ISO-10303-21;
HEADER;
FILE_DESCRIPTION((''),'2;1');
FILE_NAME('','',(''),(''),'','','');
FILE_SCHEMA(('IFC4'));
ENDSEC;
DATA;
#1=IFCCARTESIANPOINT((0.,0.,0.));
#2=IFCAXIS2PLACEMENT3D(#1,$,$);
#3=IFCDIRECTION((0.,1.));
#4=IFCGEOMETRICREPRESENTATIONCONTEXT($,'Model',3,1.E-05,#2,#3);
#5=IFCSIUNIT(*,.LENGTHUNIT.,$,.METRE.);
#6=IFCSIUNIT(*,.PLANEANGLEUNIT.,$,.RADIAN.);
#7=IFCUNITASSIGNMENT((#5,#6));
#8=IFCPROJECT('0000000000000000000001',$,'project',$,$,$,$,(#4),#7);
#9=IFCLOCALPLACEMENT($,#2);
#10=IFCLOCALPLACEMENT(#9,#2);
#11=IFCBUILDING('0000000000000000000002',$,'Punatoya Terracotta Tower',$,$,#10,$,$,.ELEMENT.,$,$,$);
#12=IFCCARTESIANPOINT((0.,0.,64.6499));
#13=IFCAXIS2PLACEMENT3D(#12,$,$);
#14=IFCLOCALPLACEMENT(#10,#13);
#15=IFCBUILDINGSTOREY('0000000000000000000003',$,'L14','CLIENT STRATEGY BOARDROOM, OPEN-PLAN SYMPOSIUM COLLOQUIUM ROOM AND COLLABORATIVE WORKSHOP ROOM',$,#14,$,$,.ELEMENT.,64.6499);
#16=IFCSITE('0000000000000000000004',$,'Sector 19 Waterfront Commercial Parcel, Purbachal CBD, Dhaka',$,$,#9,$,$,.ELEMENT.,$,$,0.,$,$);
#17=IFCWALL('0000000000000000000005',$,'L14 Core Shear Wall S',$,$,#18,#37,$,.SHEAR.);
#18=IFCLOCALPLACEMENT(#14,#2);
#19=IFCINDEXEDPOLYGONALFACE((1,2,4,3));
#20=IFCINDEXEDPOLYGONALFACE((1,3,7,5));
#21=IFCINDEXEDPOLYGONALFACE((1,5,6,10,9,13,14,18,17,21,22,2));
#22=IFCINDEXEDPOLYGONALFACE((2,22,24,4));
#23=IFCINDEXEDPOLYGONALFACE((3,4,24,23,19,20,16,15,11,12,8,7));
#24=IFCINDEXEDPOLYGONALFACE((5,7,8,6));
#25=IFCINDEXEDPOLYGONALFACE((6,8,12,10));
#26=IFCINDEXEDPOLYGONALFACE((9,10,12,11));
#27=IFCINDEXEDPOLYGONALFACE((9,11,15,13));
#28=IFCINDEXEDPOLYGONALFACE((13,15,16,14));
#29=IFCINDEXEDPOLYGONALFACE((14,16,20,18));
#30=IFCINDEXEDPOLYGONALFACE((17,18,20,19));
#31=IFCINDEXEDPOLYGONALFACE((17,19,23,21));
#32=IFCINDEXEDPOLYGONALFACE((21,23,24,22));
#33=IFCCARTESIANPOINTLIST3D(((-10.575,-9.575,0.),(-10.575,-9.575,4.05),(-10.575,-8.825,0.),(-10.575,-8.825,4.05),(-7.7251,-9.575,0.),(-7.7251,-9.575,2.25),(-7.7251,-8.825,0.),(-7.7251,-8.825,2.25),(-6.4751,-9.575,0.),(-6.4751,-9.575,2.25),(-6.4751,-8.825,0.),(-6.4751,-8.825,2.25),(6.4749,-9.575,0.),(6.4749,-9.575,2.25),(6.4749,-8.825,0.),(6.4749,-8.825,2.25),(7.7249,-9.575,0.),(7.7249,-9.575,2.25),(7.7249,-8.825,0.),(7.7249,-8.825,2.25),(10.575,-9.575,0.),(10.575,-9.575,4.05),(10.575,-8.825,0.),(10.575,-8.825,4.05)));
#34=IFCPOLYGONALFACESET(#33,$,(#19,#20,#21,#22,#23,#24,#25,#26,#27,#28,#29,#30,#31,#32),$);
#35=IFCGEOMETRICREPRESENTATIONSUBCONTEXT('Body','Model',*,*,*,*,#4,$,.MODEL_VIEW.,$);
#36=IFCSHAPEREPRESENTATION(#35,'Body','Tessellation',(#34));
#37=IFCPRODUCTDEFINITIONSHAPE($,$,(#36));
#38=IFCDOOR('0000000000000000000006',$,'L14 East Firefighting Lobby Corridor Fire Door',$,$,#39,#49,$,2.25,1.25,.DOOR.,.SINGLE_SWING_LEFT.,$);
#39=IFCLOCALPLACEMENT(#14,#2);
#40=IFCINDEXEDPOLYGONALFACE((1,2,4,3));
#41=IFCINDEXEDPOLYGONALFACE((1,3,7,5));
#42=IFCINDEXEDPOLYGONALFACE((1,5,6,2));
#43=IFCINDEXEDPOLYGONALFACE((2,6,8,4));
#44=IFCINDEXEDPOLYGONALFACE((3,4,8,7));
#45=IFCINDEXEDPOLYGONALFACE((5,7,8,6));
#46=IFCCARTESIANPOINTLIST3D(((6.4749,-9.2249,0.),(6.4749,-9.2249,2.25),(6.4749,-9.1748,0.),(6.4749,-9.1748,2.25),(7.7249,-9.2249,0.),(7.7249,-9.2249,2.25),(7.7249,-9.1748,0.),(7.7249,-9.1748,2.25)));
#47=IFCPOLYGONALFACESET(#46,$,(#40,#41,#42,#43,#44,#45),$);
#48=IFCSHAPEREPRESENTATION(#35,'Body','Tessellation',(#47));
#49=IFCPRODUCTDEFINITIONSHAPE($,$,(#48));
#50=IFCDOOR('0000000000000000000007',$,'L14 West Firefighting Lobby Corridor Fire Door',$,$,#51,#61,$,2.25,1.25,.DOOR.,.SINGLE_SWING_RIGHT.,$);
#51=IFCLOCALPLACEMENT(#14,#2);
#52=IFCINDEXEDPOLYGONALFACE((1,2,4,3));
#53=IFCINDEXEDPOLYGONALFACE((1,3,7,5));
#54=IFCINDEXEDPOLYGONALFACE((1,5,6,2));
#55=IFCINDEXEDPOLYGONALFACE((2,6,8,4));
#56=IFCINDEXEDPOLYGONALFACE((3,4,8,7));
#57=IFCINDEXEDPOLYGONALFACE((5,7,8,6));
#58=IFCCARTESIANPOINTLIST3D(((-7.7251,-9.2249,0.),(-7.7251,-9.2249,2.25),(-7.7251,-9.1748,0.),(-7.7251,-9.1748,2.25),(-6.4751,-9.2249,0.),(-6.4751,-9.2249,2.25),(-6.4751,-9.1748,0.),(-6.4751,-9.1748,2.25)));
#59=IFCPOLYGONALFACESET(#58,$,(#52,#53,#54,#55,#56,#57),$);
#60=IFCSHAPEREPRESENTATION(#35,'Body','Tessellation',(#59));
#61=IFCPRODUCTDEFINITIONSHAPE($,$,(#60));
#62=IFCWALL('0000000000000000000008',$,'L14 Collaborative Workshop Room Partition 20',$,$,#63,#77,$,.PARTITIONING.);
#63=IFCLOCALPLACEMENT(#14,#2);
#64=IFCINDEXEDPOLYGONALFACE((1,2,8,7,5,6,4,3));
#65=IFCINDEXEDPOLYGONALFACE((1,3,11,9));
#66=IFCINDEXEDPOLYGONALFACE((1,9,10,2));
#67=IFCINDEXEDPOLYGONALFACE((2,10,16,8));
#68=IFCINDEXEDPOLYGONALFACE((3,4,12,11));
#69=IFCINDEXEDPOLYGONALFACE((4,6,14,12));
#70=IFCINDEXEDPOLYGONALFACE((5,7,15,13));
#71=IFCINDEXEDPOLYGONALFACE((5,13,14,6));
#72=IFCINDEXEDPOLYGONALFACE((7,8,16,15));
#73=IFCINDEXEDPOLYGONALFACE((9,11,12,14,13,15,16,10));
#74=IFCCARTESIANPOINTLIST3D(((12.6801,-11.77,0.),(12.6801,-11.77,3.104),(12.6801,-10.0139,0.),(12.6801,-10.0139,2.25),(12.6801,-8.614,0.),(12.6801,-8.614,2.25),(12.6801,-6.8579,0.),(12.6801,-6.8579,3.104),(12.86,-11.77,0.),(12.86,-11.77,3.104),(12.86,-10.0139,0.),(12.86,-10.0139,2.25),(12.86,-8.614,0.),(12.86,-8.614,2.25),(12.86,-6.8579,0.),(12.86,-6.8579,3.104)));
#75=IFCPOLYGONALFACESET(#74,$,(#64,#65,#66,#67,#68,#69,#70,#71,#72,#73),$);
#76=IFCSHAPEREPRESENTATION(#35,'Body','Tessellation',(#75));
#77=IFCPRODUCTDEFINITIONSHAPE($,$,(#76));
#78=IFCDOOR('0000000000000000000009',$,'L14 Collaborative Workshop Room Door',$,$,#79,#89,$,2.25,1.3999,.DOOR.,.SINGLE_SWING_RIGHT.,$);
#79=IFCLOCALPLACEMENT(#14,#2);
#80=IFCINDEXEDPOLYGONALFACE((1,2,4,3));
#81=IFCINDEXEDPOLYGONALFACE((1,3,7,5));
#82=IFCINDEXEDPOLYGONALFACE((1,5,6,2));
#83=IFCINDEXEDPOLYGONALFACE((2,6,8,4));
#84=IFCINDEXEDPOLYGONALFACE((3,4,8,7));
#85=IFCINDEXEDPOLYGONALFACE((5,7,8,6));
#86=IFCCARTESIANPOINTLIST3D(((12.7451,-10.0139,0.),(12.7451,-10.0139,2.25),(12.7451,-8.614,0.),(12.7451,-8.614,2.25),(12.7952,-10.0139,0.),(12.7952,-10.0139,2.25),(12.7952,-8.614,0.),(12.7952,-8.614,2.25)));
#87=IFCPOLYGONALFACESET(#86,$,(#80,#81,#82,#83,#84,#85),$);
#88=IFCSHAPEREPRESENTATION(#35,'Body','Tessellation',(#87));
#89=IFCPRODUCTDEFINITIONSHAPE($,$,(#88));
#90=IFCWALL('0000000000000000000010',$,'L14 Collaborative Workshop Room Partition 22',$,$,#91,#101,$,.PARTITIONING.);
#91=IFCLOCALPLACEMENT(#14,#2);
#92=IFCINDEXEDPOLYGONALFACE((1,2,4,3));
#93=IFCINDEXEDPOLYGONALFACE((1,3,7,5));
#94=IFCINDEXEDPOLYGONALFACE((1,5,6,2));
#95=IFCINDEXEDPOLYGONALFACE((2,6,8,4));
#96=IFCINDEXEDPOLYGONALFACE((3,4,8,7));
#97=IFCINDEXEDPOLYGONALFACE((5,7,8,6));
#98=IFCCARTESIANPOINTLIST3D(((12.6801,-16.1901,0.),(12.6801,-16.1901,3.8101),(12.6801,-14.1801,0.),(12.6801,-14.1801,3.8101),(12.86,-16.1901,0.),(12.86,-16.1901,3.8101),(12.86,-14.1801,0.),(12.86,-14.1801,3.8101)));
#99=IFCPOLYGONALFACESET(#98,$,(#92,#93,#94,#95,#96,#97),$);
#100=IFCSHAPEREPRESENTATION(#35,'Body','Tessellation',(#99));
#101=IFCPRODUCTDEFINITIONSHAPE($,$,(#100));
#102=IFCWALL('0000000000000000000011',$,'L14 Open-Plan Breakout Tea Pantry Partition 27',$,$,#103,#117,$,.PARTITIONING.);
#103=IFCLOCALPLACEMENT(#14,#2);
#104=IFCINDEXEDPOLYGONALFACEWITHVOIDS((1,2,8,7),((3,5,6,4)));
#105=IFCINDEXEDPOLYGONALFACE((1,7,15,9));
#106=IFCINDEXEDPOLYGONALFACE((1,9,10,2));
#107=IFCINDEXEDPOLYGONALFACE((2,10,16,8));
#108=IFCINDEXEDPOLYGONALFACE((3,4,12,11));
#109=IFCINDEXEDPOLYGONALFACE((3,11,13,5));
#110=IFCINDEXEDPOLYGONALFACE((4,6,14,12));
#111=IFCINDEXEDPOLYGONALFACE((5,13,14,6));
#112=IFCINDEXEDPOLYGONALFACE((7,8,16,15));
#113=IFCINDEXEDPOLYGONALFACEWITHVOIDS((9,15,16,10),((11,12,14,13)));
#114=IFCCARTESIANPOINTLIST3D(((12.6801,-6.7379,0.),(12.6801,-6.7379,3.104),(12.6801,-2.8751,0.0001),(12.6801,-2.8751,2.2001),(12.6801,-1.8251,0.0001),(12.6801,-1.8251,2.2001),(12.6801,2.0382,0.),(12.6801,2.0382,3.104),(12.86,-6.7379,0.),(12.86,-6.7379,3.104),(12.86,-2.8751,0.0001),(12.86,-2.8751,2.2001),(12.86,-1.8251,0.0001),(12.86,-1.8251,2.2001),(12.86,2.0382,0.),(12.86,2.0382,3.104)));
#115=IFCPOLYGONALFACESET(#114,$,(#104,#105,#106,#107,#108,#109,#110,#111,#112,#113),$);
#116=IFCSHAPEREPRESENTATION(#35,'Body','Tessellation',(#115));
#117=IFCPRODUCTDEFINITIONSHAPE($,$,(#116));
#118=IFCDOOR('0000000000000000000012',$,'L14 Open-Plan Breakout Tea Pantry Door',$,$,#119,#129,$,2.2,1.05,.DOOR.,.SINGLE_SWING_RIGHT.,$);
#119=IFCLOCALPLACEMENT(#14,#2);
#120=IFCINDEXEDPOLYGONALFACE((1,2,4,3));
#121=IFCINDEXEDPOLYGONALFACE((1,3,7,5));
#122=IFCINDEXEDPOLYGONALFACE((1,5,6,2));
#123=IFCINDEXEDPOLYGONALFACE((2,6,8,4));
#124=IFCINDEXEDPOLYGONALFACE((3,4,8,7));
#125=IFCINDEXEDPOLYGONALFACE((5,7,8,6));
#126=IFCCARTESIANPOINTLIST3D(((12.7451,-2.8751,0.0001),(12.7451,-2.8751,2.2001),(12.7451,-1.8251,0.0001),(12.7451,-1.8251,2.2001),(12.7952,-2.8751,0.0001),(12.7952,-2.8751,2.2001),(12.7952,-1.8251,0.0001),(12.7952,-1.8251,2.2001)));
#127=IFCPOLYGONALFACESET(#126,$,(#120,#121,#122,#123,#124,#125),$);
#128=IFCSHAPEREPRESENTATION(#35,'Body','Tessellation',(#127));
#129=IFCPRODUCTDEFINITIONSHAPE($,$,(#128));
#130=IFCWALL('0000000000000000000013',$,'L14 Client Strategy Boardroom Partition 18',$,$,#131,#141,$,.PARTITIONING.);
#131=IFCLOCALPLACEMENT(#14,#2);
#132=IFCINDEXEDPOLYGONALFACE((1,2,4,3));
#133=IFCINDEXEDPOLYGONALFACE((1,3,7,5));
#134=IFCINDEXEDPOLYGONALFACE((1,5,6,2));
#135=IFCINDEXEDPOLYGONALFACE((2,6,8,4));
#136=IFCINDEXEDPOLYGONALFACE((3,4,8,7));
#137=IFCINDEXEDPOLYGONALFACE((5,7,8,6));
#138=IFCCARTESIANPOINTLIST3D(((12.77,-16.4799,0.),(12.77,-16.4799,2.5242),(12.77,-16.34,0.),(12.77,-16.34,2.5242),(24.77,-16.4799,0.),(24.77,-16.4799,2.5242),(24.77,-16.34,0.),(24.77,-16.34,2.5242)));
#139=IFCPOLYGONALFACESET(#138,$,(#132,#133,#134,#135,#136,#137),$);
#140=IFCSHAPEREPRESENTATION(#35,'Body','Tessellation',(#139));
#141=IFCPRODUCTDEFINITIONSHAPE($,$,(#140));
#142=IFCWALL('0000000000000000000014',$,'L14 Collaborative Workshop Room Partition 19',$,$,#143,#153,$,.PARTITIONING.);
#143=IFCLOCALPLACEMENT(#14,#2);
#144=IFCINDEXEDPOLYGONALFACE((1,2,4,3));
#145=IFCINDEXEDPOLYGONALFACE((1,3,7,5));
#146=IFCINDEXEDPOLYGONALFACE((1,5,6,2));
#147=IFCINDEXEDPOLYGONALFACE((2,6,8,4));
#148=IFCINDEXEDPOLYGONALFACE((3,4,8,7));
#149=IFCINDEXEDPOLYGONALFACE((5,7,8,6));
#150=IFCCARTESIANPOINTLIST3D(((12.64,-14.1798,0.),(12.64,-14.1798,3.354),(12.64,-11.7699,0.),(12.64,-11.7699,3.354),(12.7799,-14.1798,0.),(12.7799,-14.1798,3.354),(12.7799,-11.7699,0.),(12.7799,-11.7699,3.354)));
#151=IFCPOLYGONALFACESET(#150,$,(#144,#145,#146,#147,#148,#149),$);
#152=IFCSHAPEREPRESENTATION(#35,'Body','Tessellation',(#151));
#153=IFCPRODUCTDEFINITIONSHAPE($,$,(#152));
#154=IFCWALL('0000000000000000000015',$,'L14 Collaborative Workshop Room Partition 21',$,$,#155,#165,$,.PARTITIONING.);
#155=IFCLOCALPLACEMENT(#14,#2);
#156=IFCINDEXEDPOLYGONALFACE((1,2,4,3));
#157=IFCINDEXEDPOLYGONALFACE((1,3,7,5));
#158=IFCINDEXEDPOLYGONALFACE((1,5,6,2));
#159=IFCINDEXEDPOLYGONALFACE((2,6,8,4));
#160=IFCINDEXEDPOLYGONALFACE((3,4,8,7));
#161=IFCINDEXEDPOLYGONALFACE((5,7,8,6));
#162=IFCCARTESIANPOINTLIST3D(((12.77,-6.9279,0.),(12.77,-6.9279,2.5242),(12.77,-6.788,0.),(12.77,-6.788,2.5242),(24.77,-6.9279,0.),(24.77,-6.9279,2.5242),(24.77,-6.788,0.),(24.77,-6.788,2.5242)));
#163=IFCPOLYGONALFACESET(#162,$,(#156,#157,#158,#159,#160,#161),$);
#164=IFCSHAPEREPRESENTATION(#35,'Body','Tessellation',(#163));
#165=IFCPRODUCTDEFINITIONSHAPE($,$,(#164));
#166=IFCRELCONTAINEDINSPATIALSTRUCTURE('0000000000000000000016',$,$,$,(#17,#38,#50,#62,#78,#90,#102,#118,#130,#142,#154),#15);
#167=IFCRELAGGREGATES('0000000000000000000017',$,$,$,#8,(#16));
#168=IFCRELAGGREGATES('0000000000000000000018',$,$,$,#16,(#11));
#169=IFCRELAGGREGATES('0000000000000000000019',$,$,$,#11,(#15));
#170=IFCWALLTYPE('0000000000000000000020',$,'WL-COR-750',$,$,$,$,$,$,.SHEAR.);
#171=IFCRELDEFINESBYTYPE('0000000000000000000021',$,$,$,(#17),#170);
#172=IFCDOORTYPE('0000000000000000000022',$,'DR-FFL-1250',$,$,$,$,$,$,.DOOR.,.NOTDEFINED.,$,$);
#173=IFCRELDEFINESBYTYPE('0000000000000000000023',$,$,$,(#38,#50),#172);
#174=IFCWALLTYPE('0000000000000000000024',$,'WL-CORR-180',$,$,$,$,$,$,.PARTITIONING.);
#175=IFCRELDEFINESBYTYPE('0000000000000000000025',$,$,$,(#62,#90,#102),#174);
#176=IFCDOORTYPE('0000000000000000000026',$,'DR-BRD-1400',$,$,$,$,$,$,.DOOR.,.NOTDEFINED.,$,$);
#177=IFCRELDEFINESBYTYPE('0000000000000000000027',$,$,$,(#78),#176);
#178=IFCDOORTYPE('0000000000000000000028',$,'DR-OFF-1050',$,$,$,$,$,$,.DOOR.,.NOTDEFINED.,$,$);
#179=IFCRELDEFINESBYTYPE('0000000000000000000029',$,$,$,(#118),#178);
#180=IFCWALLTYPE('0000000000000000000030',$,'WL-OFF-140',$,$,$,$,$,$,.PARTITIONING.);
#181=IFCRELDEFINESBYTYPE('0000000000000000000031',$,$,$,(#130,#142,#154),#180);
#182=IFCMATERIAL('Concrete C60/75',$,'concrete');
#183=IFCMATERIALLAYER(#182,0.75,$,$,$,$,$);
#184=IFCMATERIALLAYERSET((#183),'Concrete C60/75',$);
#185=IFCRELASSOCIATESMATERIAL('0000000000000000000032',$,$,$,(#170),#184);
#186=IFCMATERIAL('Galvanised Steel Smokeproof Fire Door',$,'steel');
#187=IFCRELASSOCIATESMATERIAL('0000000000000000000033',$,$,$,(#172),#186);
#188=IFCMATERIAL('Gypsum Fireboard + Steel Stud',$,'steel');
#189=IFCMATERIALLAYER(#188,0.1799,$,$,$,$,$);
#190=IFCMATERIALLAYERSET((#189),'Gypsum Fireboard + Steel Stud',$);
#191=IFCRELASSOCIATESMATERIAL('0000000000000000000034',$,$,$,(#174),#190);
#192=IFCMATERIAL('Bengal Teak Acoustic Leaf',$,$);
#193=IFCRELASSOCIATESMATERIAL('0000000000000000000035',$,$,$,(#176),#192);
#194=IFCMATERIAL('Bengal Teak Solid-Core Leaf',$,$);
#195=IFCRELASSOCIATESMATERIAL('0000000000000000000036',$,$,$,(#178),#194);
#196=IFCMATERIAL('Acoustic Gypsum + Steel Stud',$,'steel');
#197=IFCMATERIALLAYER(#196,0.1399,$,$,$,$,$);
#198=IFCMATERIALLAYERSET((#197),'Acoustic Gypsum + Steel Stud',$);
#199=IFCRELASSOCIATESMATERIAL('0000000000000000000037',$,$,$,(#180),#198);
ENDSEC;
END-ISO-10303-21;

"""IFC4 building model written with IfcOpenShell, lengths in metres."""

from ifc_helpers import new_model, si_unit, direction, frame, frame_2d, origin, place, context, subcontext, project, spatial, rectangle, extrude, material, layer, layer_set, type_object, element, fill, save


model = new_model("IFC4")

# Units and contexts
model_context = context("Model", 3, precision=1e-05, world=origin(), true_north=direction((0.0, 1.0)))
body_context = subcontext(model_context, "Body", "Model", "MODEL_VIEW")
ifc_project = project(units=[si_unit("LENGTHUNIT", "METRE"), si_unit("PLANEANGLEUNIT", "RADIAN")], contexts=[model_context])

# Site, building, storey
site_placement = place(None, origin())
site = spatial("IfcSite", under=ifc_project, at=site_placement, Name="Sector 19 Waterfront Commercial Parcel, Purbachal CBD, Dhaka", CompositionType="ELEMENT", RefElevation=0.0)
building_placement = place(site_placement, origin())
building = spatial("IfcBuilding", under=site, at=building_placement, Name="Punatoya Terracotta Tower", CompositionType="ELEMENT")
storey_placement = place(building_placement, frame((0.0, 0.0, 64.6499)))
storey = spatial("IfcBuildingStorey", under=building, at=storey_placement, Name="L14", Description="CLIENT STRATEGY BOARDROOM, OPEN-PLAN SYMPOSIUM COLLOQUIUM ROOM AND COLLABORATIVE WORKSHOP ROOM", CompositionType="ELEMENT", Elevation=64.6499)

# Wall, openings, doors
ifc_material_1 = material(Name="Concrete C60/75", Category="concrete")
ifc_layer_1 = layer(ifc_material_1, 0.75)
ifc_layer_set_1 = layer_set([ifc_layer_1], Name="Concrete C60/75")
wall_type_1 = type_object("IfcWallType", Name="WL-COR-750", PredefinedType="SHEAR", material=ifc_layer_set_1)
wall_1_placement = place(storey_placement, frame((10.575, -9.2, 0.0), z_axis=(0.0, 0.0, 1.0), x_axis=(-1.0, 0.0, 0.0)))
wall_1 = element("IfcWall", 1, at=wall_1_placement, inside=storey, type_object=wall_type_1, Name="L14 Core Shear Wall S", PredefinedType="SHEAR", context=body_context, shape_type="SweptSolid", body=[
    extrude(rectangle(XDim=21.1499, YDim=0.75, at=frame_2d((10.575, 0.0))), origin(), (0.0, 0.0, 1.0), 4.05),
])
opening_1_placement = place(wall_1_placement, frame((2.8501, 0.0, 0.0)))
opening_1 = element("IfcOpeningElement", 2, at=opening_1_placement, cuts=wall_1, PredefinedType="OPENING", context=body_context, shape_type="SweptSolid", body=[
    extrude(rectangle(XDim=1.25, YDim=2.25, at=frame_2d((0.625, 1.125))), frame((0.0, 0.385, 0.0), z_axis=(0.0, -1.0, 0.0), x_axis=(1.0, 0.0, 0.0)), (0.0, 0.0, 1.0), 0.77),
])
opening_2_placement = place(wall_1_placement, frame((17.05, 0.0, 0.0)))
opening_2 = element("IfcOpeningElement", 3, at=opening_2_placement, cuts=wall_1, PredefinedType="OPENING", context=body_context, shape_type="SweptSolid", body=[
    extrude(rectangle(XDim=1.25, YDim=2.25, at=frame_2d((0.625, 1.125))), frame((0.0, 0.385, 0.0), z_axis=(0.0, -1.0, 0.0), x_axis=(1.0, 0.0, 0.0)), (0.0, 0.0, 1.0), 0.77),
])
ifc_material_2 = material(Name="Galvanised Steel Smokeproof Fire Door", Category="steel")
door_type_1 = type_object("IfcDoorType", Name="DR-FFL-1250", OperationType="NOTDEFINED", PredefinedType="DOOR", material=ifc_material_2)
door_1_placement = place(opening_1_placement, origin())
door_1 = element("IfcDoor", 4, at=door_1_placement, inside=storey, type_object=door_type_1, Name="L14 East Firefighting Lobby Corridor Fire Door", OperationType="SINGLE_SWING_LEFT", OverallHeight=2.25, OverallWidth=1.25, PredefinedType="DOOR", context=body_context, shape_type="SweptSolid", body=[
    extrude(rectangle(XDim=1.25, YDim=2.25, at=frame_2d((0.625, 1.125))), frame((0.0, 0.0249, 0.0), z_axis=(0.0, -1.0, 0.0), x_axis=(1.0, 0.0, 0.0)), (0.0, 0.0, 1.0), 0.05),
])
fill(opening_1, door_1)
door_2_placement = place(opening_2_placement, origin())
door_2 = element("IfcDoor", 5, at=door_2_placement, inside=storey, type_object=door_type_1, Name="L14 West Firefighting Lobby Corridor Fire Door", OperationType="SINGLE_SWING_RIGHT", OverallHeight=2.25, OverallWidth=1.25, PredefinedType="DOOR", context=body_context, shape_type="SweptSolid", body=[
    extrude(rectangle(XDim=1.25, YDim=2.25, at=frame_2d((0.625, 1.125))), frame((0.0, 0.0249, 0.0), z_axis=(0.0, -1.0, 0.0), x_axis=(1.0, 0.0, 0.0)), (0.0, 0.0, 1.0), 0.05),
])
fill(opening_2, door_2)

# Wall, opening, door
ifc_material_3 = material(Name="Gypsum Fireboard + Steel Stud", Category="steel")
ifc_layer_2 = layer(ifc_material_3, 0.1799)
ifc_layer_set_2 = layer_set([ifc_layer_2], Name="Gypsum Fireboard + Steel Stud")
wall_type_2 = type_object("IfcWallType", Name="WL-CORR-180", PredefinedType="PARTITIONING", material=ifc_layer_set_2)
wall_2_placement = place(storey_placement, frame((12.77, -11.77, 0.0), z_axis=(0.0, 0.0, 1.0), x_axis=(0.0, 1.0, 0.0)))
wall_2 = element("IfcWall", 6, at=wall_2_placement, inside=storey, type_object=wall_type_2, Name="L14 Collaborative Workshop Room Partition 20", PredefinedType="PARTITIONING", context=body_context, shape_type="SweptSolid", body=[
    extrude(rectangle(XDim=4.9121, YDim=0.1799, at=frame_2d((2.4561, 0.0))), origin(), (0.0, 0.0, 1.0), 3.104),
])
opening_3_placement = place(wall_2_placement, frame((1.7561, 0.0, 0.0)))
opening_3 = element("IfcOpeningElement", 7, at=opening_3_placement, cuts=wall_2, PredefinedType="OPENING", context=body_context, shape_type="SweptSolid", body=[
    extrude(rectangle(XDim=1.3999, YDim=2.25, at=frame_2d((0.7, 1.125))), frame((0.0, 0.0999, 0.0), z_axis=(0.0, -1.0, 0.0), x_axis=(1.0, 0.0, 0.0)), (0.0, 0.0, 1.0), 0.2),
])
ifc_material_4 = material(Name="Bengal Teak Acoustic Leaf")
door_type_2 = type_object("IfcDoorType", Name="DR-BRD-1400", OperationType="NOTDEFINED", PredefinedType="DOOR", material=ifc_material_4)
door_3_placement = place(opening_3_placement, origin())
door_3 = element("IfcDoor", 8, at=door_3_placement, inside=storey, type_object=door_type_2, Name="L14 Collaborative Workshop Room Door", OperationType="SINGLE_SWING_RIGHT", OverallHeight=2.25, OverallWidth=1.3999, PredefinedType="DOOR", context=body_context, shape_type="SweptSolid", body=[
    extrude(rectangle(XDim=1.3999, YDim=2.25, at=frame_2d((0.7, 1.125))), frame((0.0, 0.0249, 0.0), z_axis=(0.0, -1.0, 0.0), x_axis=(1.0, 0.0, 0.0)), (0.0, 0.0, 1.0), 0.05),
])
fill(opening_3, door_3)

# Wall
wall_3_placement = place(storey_placement, frame((12.77, -16.1899, 0.0), z_axis=(0.0, 0.0, 1.0), x_axis=(0.0, 1.0, 0.0)))
element("IfcWall", 9, at=wall_3_placement, inside=storey, type_object=wall_type_2, Name="L14 Collaborative Workshop Room Partition 22", PredefinedType="PARTITIONING", context=body_context, shape_type="SweptSolid", body=[
    extrude(rectangle(XDim=2.01, YDim=0.1799, at=frame_2d((1.0049, 0.0))), origin(), (0.0, 0.0, 1.0), 3.8101),
])

# Wall, opening, door
wall_4_placement = place(storey_placement, frame((12.77, -6.738, 0.0), z_axis=(0.0, 0.0, 1.0), x_axis=(0.0, 1.0, 0.0)))
wall_4 = element("IfcWall", 10, at=wall_4_placement, inside=storey, type_object=wall_type_2, Name="L14 Open-Plan Breakout Tea Pantry Partition 27", PredefinedType="PARTITIONING", context=body_context, shape_type="SweptSolid", body=[
    extrude(rectangle(XDim=8.7761, YDim=0.1799, at=frame_2d((4.3882, 0.0))), origin(), (0.0, 0.0, 1.0), 3.104),
])
opening_4_placement = place(wall_4_placement, frame((3.863, 0.0, 0.0)))
opening_4 = element("IfcOpeningElement", 11, at=opening_4_placement, cuts=wall_4, PredefinedType="OPENING", context=body_context, shape_type="SweptSolid", body=[
    extrude(rectangle(XDim=1.05, YDim=2.2, at=frame_2d((0.5249, 1.1001))), frame((0.0, 0.0999, 0.0), z_axis=(0.0, -1.0, 0.0), x_axis=(1.0, 0.0, 0.0)), (0.0, 0.0, 1.0), 0.2),
])
ifc_material_5 = material(Name="Bengal Teak Solid-Core Leaf")
door_type_3 = type_object("IfcDoorType", Name="DR-OFF-1050", OperationType="NOTDEFINED", PredefinedType="DOOR", material=ifc_material_5)
door_4_placement = place(opening_4_placement, origin())
door_4 = element("IfcDoor", 12, at=door_4_placement, inside=storey, type_object=door_type_3, Name="L14 Open-Plan Breakout Tea Pantry Door", OperationType="SINGLE_SWING_RIGHT", OverallHeight=2.2, OverallWidth=1.05, PredefinedType="DOOR", context=body_context, shape_type="SweptSolid", body=[
    extrude(rectangle(XDim=1.05, YDim=2.2, at=frame_2d((0.5249, 1.1001))), frame((0.0, 0.0249, 0.0), z_axis=(0.0, -1.0, 0.0), x_axis=(1.0, 0.0, 0.0)), (0.0, 0.0, 1.0), 0.05),
])
fill(opening_4, door_4)

# Walls
ifc_material_6 = material(Name="Acoustic Gypsum + Steel Stud", Category="steel")
ifc_layer_3 = layer(ifc_material_6, 0.1399)
ifc_layer_set_3 = layer_set([ifc_layer_3], Name="Acoustic Gypsum + Steel Stud")
wall_type_3 = type_object("IfcWallType", Name="WL-OFF-140", PredefinedType="PARTITIONING", material=ifc_layer_set_3)
wall_5_placement = place(storey_placement, frame((12.77, -16.4099, 0.0), z_axis=(0.0, 0.0, 1.0), x_axis=(1.0, 0.0, 0.0)))
element("IfcWall", 13, at=wall_5_placement, inside=storey, type_object=wall_type_3, Name="L14 Client Strategy Boardroom Partition 18", PredefinedType="PARTITIONING", context=body_context, shape_type="SweptSolid", body=[
    extrude(rectangle(XDim=12.0, YDim=0.1399, at=frame_2d((6.0, 0.0))), origin(), (0.0, 0.0, 1.0), 2.5242),
])
wall_6_placement = place(storey_placement, frame((12.71, -14.1799, 0.0), z_axis=(0.0, 0.0, 1.0), x_axis=(0.0, 1.0, 0.0)))
element("IfcWall", 14, at=wall_6_placement, inside=storey, type_object=wall_type_3, Name="L14 Collaborative Workshop Room Partition 19", PredefinedType="PARTITIONING", context=body_context, shape_type="SweptSolid", body=[
    extrude(rectangle(XDim=2.4099, YDim=0.1399, at=frame_2d((1.2051, 0.0))), origin(), (0.0, 0.0, 1.0), 3.354),
])
wall_7_placement = place(storey_placement, frame((12.77, -6.8579, 0.0), z_axis=(0.0, 0.0, 1.0), x_axis=(1.0, 0.0, 0.0)))
element("IfcWall", 15, at=wall_7_placement, inside=storey, type_object=wall_type_3, Name="L14 Collaborative Workshop Room Partition 21", PredefinedType="PARTITIONING", context=body_context, shape_type="SweptSolid", body=[
    extrude(rectangle(XDim=12.0, YDim=0.1399, at=frame_2d((6.0, 0.0))), origin(), (0.0, 0.0, 1.0), 2.5242),
])

save(model, "model.ifc")
